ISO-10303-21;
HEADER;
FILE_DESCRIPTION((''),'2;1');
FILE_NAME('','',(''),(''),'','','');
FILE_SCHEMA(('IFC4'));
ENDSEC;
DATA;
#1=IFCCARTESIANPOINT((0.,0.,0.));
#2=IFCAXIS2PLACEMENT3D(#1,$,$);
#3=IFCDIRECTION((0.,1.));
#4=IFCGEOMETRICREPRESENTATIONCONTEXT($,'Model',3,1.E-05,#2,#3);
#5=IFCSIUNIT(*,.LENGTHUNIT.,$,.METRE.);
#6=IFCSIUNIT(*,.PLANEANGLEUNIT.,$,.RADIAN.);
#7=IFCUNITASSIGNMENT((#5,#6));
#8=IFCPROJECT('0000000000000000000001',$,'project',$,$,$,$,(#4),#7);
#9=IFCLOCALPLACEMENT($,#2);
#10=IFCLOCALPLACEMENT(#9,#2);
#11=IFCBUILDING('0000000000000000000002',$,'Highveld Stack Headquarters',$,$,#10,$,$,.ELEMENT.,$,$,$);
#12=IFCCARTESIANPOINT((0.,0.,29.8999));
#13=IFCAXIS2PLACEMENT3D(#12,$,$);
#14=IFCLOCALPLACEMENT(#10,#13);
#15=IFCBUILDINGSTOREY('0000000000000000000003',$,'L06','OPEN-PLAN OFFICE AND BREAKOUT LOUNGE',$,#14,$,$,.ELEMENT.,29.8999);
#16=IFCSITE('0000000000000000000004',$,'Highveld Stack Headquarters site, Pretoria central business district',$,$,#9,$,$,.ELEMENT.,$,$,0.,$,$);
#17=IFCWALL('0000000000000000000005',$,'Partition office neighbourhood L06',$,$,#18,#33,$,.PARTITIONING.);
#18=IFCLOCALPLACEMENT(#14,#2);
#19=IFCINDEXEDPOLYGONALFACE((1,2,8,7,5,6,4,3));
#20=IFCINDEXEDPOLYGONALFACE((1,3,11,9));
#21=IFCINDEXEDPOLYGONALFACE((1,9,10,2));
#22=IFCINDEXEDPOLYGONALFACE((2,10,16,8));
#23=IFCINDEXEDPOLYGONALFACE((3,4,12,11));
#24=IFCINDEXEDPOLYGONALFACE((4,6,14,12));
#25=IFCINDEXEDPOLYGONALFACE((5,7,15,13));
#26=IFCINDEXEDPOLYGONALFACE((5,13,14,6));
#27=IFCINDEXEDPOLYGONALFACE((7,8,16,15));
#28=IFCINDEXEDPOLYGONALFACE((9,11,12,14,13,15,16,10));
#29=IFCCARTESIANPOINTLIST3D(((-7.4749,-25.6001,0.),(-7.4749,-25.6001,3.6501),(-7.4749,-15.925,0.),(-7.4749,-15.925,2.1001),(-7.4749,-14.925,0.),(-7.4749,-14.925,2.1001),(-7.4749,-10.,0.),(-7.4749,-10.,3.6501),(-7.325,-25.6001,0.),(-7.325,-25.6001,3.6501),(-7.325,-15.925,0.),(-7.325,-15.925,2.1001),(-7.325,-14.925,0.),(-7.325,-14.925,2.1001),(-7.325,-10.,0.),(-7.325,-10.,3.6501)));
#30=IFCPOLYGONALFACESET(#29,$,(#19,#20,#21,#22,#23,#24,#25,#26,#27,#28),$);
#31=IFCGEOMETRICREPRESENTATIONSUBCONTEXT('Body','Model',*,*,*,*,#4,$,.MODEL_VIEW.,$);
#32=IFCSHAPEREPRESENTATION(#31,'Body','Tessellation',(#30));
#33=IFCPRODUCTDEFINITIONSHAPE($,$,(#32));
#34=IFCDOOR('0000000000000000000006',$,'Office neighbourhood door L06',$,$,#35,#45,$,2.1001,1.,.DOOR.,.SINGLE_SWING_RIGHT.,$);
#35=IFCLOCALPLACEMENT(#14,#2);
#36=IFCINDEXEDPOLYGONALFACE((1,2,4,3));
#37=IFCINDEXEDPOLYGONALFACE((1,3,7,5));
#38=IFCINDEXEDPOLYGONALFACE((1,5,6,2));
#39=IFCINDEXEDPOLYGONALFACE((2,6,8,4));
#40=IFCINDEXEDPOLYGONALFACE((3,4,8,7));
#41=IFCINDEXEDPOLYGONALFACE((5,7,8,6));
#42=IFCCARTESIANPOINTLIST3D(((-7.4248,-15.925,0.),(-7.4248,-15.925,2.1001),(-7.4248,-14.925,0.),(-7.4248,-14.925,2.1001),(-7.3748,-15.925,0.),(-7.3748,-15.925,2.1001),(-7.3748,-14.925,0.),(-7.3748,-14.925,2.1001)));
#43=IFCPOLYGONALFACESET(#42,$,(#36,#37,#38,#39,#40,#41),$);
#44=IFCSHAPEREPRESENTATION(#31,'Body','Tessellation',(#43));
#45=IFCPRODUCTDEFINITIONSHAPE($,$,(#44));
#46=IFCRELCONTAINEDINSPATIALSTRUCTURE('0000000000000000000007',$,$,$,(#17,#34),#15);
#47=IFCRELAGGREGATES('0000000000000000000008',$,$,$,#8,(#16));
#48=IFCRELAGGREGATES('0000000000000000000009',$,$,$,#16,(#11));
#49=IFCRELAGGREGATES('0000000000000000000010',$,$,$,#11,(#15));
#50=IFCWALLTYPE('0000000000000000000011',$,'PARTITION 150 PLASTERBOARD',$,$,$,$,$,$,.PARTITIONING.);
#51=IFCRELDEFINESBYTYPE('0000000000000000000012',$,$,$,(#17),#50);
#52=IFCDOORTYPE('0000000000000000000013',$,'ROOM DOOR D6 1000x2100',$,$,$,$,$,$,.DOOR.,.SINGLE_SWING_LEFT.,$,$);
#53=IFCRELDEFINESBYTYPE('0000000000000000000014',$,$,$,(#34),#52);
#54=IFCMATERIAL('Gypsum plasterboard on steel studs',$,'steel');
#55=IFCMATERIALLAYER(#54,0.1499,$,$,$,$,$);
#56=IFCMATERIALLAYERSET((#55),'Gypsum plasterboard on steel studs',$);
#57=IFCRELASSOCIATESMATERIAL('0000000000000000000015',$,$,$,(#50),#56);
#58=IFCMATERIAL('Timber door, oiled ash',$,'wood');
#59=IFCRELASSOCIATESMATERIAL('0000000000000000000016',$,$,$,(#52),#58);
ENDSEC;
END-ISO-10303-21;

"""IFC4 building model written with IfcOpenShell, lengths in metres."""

from ifc_helpers import new_model, si_unit, direction, frame, frame_2d, origin, place, context, subcontext, project, spatial, rectangle, extrude, material, layer, layer_set, type_object, element, fill, save


model = new_model("IFC4")

# Units and contexts
model_context = context("Model", 3, precision=1e-05, world=origin(), true_north=direction((0.0, 1.0)))
body_context = subcontext(model_context, "Body", "Model", "MODEL_VIEW")
ifc_project = project(units=[si_unit("LENGTHUNIT", "METRE"), si_unit("PLANEANGLEUNIT", "RADIAN")], contexts=[model_context])

# Site, building, storey
site_placement = place(None, origin())
site = spatial("IfcSite", under=ifc_project, at=site_placement, Name="Highveld Stack Headquarters site, Pretoria central business district", CompositionType="ELEMENT", RefElevation=0.0)
building_placement = place(site_placement, origin())
building = spatial("IfcBuilding", under=site, at=building_placement, Name="Highveld Stack Headquarters", CompositionType="ELEMENT")
storey_placement = place(building_placement, frame((0.0, 0.0, 29.8999)))
storey = spatial("IfcBuildingStorey", under=building, at=storey_placement, Name="L06", Description="OPEN-PLAN OFFICE AND BREAKOUT LOUNGE", CompositionType="ELEMENT", Elevation=29.8999)

# Shared definitions
ifc_material_1 = material(Name="Gypsum plasterboard on steel studs", Category="steel")
ifc_layer_1 = layer(ifc_material_1, 0.1499)
ifc_layer_set_1 = layer_set([ifc_layer_1], Name="Gypsum plasterboard on steel studs")
wall_type = type_object("IfcWallType", Name="PARTITION 150 PLASTERBOARD", PredefinedType="PARTITIONING", material=ifc_layer_set_1)
ifc_material_2 = material(Name="Timber door, oiled ash", Category="wood")
door_type = type_object("IfcDoorType", Name="ROOM DOOR D6 1000x2100", OperationType="SINGLE_SWING_LEFT", PredefinedType="DOOR", material=ifc_material_2)

# Wall, opening, door
wall_1_placement = place(storey_placement, frame((-7.3999, -25.6001, 0.0), z_axis=(0.0, 0.0, 1.0), x_axis=(0.0, 1.0, 0.0)))
wall_1 = element("IfcWall", 1, at=wall_1_placement, inside=storey, type_object=wall_type, Name="Partition office neighbourhood L06", PredefinedType="PARTITIONING", context=body_context, shape_type="SweptSolid", body=[
    extrude(rectangle(XDim=15.6001, YDim=0.1499, at=frame_2d((7.8, 0.0))), origin(), (0.0, 0.0, 1.0), 3.6501),
])
opening_1_placement = place(wall_1_placement, frame((9.675, 0.0, 0.0)))
opening_1 = element("IfcOpeningElement", 2, at=opening_1_placement, cuts=wall_1, PredefinedType="OPENING", context=body_context, shape_type="SweptSolid", body=[
    extrude(rectangle(XDim=1.0, YDim=2.1001, at=frame_2d((0.5, 1.05))), frame((0.0, 0.085, 0.0), z_axis=(0.0, -1.0, 0.0), x_axis=(1.0, 0.0, 0.0)), (0.0, 0.0, 1.0), 0.1699),
])
door_1_placement = place(opening_1_placement, origin())
door_1 = element("IfcDoor", 3, at=door_1_placement, inside=storey, type_object=door_type, Name="Office neighbourhood door L06", OperationType="SINGLE_SWING_RIGHT", OverallHeight=2.1001, OverallWidth=1.0, PredefinedType="DOOR", context=body_context, shape_type="SweptSolid", body=[
    extrude(rectangle(XDim=1.0, YDim=2.1001, at=frame_2d((0.5, 1.05))), frame((0.0, 0.0249, 0.0), z_axis=(0.0, -1.0, 0.0), x_axis=(1.0, 0.0, 0.0)), (0.0, 0.0, 1.0), 0.05),
])
fill(opening_1, door_1)

save(model, "model.ifc")
